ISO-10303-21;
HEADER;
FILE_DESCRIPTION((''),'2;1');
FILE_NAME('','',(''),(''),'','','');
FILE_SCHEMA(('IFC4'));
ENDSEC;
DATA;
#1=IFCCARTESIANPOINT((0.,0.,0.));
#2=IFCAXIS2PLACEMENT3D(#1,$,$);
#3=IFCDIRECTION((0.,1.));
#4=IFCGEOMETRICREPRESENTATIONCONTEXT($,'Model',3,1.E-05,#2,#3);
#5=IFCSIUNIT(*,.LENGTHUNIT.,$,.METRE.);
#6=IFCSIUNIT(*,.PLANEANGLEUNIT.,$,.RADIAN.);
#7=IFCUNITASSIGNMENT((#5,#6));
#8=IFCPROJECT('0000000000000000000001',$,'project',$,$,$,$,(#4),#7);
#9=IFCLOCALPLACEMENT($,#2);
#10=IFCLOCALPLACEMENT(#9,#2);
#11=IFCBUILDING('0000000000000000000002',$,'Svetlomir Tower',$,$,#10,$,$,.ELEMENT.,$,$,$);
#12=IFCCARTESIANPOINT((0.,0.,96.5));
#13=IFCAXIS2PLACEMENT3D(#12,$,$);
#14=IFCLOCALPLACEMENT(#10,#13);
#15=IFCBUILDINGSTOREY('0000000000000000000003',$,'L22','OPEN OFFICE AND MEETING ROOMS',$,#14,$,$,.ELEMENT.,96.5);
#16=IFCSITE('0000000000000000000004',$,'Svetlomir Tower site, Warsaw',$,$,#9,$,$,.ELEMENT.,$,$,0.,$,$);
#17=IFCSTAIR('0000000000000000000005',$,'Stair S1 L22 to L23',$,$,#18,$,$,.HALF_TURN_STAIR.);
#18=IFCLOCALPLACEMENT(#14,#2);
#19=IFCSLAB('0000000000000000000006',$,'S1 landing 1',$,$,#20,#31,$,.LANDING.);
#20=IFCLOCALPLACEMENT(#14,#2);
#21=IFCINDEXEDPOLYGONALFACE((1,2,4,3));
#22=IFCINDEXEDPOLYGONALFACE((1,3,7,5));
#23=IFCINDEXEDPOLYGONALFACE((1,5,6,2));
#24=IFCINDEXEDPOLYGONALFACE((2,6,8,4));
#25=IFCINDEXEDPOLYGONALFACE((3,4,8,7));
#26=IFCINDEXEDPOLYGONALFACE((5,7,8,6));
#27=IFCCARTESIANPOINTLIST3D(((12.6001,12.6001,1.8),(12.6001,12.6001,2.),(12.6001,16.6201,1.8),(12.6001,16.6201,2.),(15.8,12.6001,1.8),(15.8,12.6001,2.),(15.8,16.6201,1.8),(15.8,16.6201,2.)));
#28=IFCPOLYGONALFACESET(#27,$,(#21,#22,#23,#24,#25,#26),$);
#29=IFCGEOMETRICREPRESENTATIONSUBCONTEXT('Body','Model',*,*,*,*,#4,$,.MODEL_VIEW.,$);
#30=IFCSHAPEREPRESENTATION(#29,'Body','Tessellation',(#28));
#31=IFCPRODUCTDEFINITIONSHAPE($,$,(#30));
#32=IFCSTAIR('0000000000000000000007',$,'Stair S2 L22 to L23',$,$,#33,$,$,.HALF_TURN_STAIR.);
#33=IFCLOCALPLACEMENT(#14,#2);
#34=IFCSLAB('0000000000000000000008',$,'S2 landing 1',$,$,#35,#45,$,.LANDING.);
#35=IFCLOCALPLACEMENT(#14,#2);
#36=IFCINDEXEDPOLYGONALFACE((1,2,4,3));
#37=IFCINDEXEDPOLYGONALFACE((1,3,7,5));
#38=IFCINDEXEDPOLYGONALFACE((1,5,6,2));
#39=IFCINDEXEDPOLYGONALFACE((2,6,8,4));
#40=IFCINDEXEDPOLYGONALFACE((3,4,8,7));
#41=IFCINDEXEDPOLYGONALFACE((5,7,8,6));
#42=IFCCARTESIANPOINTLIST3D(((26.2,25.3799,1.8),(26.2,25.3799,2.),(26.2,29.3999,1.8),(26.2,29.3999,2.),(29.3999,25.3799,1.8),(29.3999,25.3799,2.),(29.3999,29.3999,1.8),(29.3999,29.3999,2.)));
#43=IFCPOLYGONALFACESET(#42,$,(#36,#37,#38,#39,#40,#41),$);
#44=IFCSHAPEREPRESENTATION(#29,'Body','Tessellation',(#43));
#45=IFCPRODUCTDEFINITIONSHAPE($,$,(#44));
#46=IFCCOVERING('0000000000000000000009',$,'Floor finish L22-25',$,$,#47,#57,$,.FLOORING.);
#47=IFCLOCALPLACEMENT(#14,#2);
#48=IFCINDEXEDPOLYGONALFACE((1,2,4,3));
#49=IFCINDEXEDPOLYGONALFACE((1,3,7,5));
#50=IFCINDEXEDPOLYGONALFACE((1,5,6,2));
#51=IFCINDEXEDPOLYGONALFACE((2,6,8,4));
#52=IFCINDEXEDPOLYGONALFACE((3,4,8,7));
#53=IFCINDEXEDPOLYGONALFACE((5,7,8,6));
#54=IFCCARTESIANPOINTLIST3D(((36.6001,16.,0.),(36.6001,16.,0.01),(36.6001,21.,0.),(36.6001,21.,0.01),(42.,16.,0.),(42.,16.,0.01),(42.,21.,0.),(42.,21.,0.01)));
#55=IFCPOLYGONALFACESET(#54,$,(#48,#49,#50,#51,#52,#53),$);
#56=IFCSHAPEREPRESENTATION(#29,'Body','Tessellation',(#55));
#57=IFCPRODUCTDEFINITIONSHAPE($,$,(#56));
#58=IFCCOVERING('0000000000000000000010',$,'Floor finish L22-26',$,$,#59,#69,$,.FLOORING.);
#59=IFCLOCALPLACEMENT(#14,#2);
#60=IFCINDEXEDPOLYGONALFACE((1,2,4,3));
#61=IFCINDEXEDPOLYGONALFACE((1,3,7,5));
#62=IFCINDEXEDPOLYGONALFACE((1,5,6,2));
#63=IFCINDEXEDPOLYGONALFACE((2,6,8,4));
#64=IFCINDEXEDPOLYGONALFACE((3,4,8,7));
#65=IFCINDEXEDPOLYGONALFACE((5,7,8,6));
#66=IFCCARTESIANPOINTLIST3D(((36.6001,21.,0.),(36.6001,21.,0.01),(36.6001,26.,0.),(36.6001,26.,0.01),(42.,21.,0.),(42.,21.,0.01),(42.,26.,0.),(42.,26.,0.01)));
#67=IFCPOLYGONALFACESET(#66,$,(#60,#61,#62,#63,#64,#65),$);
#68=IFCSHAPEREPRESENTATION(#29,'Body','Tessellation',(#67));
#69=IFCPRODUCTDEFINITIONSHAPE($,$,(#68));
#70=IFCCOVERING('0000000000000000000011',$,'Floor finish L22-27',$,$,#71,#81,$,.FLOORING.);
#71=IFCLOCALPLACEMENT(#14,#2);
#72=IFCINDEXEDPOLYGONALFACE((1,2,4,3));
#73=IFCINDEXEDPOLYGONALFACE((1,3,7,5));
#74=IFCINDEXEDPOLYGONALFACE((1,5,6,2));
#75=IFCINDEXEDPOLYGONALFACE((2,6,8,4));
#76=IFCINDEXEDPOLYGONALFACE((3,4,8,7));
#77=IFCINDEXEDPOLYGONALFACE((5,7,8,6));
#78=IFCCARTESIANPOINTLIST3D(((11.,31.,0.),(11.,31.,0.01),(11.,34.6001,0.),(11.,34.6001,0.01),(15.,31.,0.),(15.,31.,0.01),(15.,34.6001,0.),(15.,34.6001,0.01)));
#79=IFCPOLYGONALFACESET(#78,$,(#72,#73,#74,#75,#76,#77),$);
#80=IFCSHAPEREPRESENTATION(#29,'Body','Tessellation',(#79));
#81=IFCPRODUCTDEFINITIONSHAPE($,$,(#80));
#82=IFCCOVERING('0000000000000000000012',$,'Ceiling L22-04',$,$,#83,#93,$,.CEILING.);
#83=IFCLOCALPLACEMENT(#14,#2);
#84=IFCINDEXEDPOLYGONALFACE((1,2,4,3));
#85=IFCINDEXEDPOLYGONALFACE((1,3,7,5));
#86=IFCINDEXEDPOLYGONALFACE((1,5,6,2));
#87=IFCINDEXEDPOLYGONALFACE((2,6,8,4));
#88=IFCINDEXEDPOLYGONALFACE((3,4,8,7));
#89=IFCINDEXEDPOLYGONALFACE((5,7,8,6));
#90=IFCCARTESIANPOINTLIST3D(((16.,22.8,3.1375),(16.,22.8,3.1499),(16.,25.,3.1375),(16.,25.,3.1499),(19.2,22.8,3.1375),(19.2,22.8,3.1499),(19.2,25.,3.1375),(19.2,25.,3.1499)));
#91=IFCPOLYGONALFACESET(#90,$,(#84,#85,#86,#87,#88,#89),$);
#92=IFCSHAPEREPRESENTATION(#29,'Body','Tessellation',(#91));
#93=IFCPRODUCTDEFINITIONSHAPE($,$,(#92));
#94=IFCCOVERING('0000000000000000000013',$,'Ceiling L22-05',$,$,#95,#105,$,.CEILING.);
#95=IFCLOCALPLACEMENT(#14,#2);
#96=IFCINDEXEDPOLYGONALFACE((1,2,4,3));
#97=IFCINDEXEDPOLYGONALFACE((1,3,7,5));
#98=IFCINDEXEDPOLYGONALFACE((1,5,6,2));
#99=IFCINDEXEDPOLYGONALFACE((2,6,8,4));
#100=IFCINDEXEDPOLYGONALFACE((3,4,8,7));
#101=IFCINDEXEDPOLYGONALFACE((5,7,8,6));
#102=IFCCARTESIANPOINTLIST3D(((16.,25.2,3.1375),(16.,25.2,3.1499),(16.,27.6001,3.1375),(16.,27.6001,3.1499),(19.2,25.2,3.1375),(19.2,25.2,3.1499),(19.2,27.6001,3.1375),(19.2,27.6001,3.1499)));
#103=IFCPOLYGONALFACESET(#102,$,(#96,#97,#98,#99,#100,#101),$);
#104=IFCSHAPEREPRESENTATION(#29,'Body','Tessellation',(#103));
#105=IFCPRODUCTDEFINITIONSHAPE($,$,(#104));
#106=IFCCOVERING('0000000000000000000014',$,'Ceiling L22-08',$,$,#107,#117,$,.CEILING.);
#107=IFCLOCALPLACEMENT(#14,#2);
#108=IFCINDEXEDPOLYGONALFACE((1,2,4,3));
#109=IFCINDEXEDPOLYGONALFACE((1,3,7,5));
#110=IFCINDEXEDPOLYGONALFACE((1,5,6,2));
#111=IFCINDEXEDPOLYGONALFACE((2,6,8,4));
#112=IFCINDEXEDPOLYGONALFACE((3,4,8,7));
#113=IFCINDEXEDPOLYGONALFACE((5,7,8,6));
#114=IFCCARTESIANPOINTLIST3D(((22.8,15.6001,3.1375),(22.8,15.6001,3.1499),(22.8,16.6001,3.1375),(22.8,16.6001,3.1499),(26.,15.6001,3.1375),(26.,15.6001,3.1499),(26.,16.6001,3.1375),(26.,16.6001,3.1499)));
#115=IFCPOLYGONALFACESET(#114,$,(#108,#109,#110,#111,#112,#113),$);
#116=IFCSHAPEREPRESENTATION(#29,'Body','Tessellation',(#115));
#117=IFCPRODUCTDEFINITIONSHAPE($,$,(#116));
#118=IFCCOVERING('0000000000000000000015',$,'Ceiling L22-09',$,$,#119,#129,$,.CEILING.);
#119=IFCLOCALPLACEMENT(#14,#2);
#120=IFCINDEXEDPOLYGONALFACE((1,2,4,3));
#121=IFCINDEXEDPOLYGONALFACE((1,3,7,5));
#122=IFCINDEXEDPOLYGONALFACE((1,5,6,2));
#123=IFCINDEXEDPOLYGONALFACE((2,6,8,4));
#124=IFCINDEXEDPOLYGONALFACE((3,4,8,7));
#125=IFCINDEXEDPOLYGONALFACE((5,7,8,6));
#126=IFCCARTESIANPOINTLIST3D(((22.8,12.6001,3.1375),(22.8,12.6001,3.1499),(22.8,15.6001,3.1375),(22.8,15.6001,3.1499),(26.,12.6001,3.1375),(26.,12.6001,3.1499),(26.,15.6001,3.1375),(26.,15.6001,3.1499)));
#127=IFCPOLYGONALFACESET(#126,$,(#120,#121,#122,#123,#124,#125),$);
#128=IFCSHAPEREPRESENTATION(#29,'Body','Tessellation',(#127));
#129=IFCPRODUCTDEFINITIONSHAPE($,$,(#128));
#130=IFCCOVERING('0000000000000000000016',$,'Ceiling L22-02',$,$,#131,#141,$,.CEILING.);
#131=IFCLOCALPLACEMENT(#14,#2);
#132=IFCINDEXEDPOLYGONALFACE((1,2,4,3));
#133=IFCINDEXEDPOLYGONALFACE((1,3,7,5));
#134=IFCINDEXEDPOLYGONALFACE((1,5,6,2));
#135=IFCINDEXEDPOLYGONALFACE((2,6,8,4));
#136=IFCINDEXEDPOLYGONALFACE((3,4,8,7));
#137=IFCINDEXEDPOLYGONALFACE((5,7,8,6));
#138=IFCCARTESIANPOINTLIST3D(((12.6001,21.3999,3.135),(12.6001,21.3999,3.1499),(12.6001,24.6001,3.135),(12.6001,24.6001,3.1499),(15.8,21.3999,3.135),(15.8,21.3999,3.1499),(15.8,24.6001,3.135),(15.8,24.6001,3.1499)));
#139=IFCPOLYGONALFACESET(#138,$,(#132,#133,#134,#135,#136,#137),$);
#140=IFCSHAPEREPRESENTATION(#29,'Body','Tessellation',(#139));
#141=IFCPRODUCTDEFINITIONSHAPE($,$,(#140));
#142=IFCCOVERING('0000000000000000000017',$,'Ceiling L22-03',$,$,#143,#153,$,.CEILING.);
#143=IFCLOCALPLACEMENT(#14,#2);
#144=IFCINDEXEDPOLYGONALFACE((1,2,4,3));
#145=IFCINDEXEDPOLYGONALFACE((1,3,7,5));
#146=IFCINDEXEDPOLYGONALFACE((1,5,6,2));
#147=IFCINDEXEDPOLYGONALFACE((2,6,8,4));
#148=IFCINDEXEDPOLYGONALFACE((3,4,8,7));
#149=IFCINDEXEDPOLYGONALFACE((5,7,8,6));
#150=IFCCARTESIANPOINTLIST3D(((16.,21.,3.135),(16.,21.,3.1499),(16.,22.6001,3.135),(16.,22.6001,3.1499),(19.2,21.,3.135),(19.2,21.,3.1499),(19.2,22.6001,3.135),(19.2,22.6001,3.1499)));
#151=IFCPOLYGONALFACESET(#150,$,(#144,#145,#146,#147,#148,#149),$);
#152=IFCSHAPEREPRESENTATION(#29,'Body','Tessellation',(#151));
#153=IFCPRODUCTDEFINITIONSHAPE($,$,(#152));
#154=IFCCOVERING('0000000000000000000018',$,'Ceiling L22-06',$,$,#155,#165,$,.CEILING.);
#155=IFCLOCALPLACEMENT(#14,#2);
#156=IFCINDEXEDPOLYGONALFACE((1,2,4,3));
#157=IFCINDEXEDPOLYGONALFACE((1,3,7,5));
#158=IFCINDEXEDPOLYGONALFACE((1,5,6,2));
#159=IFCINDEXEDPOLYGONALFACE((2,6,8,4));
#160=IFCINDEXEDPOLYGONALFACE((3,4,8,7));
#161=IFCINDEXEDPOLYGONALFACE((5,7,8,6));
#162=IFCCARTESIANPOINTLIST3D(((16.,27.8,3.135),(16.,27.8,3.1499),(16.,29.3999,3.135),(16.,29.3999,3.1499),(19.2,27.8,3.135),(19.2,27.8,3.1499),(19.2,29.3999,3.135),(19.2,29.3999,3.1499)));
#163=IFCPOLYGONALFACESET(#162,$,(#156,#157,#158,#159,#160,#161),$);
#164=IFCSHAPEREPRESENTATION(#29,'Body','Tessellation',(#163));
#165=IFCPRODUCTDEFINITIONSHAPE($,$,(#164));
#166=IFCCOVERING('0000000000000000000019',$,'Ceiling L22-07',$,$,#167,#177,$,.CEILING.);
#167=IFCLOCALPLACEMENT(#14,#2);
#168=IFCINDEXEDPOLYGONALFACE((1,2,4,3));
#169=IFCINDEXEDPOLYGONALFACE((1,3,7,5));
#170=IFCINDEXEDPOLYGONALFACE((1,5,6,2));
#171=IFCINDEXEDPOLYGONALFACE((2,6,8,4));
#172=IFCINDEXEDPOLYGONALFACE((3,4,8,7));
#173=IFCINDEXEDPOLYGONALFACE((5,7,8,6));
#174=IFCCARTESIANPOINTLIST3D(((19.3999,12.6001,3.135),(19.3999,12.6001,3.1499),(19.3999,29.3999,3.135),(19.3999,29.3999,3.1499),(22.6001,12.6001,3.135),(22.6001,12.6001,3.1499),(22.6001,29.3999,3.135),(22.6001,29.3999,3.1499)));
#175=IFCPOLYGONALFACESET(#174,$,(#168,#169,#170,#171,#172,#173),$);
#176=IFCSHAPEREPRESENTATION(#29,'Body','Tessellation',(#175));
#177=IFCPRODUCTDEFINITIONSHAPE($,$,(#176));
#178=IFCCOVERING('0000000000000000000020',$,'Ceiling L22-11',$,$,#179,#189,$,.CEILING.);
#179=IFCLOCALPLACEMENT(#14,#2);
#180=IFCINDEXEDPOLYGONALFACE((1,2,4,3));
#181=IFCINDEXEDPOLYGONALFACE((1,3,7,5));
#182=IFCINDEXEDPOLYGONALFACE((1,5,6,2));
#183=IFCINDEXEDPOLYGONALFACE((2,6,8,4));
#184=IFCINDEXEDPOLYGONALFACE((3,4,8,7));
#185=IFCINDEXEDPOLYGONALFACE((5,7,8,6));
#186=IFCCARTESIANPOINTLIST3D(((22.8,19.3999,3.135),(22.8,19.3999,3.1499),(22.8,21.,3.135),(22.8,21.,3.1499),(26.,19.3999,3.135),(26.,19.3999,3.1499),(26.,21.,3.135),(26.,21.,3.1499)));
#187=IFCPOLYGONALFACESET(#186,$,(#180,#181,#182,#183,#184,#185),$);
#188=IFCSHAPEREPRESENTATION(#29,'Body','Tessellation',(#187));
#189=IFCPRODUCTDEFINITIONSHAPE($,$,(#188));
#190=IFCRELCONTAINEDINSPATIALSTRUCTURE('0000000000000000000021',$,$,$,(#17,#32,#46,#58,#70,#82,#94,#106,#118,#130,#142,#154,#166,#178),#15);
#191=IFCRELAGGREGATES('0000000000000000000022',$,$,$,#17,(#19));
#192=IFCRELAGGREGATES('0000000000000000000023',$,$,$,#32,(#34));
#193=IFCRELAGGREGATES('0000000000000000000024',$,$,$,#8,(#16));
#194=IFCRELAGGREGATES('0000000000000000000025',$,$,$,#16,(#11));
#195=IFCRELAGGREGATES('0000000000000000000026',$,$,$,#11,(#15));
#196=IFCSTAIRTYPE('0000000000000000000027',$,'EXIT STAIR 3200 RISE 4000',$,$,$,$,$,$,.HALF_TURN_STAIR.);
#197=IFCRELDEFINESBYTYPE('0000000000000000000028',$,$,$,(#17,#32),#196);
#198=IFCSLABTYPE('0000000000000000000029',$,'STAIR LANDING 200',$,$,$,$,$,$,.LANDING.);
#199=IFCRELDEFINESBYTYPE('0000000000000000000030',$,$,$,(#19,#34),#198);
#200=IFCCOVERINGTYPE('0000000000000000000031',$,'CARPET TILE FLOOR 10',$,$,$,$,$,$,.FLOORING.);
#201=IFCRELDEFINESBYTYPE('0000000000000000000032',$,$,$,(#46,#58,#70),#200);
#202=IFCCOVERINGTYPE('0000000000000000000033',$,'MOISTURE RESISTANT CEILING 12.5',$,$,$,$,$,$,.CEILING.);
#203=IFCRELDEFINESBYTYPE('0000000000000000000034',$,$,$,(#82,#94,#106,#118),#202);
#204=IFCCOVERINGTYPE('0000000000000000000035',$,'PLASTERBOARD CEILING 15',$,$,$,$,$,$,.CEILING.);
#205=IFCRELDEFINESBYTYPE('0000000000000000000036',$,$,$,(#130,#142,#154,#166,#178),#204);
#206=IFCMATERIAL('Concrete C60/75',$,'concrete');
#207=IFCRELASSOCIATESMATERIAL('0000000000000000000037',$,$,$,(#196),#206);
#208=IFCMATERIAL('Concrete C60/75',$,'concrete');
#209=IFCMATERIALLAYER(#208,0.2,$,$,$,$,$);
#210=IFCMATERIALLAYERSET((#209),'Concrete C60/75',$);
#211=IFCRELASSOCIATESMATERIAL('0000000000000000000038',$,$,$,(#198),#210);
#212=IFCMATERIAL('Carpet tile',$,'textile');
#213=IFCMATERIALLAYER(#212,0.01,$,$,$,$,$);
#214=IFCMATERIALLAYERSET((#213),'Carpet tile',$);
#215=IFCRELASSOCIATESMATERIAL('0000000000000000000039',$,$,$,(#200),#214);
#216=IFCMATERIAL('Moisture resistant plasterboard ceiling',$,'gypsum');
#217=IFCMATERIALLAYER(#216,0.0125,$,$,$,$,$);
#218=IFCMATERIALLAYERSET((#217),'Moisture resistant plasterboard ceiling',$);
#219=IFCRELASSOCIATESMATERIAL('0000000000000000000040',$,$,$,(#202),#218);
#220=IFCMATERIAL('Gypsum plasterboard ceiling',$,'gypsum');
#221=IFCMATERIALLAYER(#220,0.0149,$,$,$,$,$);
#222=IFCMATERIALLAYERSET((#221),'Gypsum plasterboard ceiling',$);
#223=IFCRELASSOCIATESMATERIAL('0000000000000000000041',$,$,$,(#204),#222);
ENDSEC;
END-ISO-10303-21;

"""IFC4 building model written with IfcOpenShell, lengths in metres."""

from ifc_helpers import new_model, si_unit, direction, frame, origin, place, context, subcontext, project, spatial, polyline, outline, extrude, material, layer, layer_set, type_object, element, aggregate, save


model = new_model("IFC4")

# Units and contexts
model_context = context("Model", 3, precision=1e-05, world=origin(), true_north=direction((0.0, 1.0)))
body_context = subcontext(model_context, "Body", "Model", "MODEL_VIEW")
ifc_project = project(units=[si_unit("LENGTHUNIT", "METRE"), si_unit("PLANEANGLEUNIT", "RADIAN")], contexts=[model_context])

# Site, building, storey
site_placement = place(None, origin())
site = spatial("IfcSite", under=ifc_project, at=site_placement, Name="Svetlomir Tower site, Warsaw", CompositionType="ELEMENT", RefElevation=0.0)
building_placement = place(site_placement, origin())
building = spatial("IfcBuilding", under=site, at=building_placement, Name="Svetlomir Tower", CompositionType="ELEMENT")
storey_placement = place(building_placement, frame((0.0, 0.0, 96.5)))
storey = spatial("IfcBuildingStorey", under=building, at=storey_placement, Name="L22", Description="OPEN OFFICE AND MEETING ROOMS", CompositionType="ELEMENT", Elevation=96.5)

# Stairs, slabs
ifc_material_1 = material(Name="Concrete C60/75", Category="concrete")
stair_type = type_object("IfcStairType", Name="EXIT STAIR 3200 RISE 4000", PredefinedType="HALF_TURN_STAIR", material=ifc_material_1)
stair_1_placement = place(storey_placement, origin())
stair_1 = element("IfcStair", 1, at=stair_1_placement, inside=storey, type_object=stair_type, Name="Stair S1 L22 to L23", PredefinedType="HALF_TURN_STAIR")
ifc_material_2 = material(Name="Concrete C60/75", Category="concrete")
ifc_layer_1 = layer(ifc_material_2, 0.2)
ifc_layer_set_1 = layer_set([ifc_layer_1], Name="Concrete C60/75")
slab_type = type_object("IfcSlabType", Name="STAIR LANDING 200", PredefinedType="LANDING", material=ifc_layer_set_1)
slab_1_placement = place(storey_placement, frame((0.0, 0.0, 1.8)))
slab_1 = element("IfcSlab", 2, at=slab_1_placement, type_object=slab_type, Name="S1 landing 1", PredefinedType="LANDING", context=body_context, shape_type="SweptSolid", body=[
    extrude(outline(polyline([(12.6001, 12.6001), (15.8, 12.6001), (15.8, 16.6201), (12.6001, 16.6201), (12.6001, 12.6001)])), origin(), (0.0, 0.0, 1.0), 0.2),
])
aggregate(stair_1, [slab_1])
stair_2_placement = place(storey_placement, origin())
stair_2 = element("IfcStair", 3, at=stair_2_placement, inside=storey, type_object=stair_type, Name="Stair S2 L22 to L23", PredefinedType="HALF_TURN_STAIR")
slab_2_placement = place(storey_placement, frame((0.0, 0.0, 1.8)))
slab_2 = element("IfcSlab", 4, at=slab_2_placement, type_object=slab_type, Name="S2 landing 1", PredefinedType="LANDING", context=body_context, shape_type="SweptSolid", body=[
    extrude(outline(polyline([(26.2, 25.3799), (29.3999, 25.3799), (29.3999, 29.3999), (26.2, 29.3999), (26.2, 25.3799)])), origin(), (0.0, 0.0, 1.0), 0.2),
])
aggregate(stair_2, [slab_2])

# Coverings
ifc_material_3 = material(Name="Carpet tile", Category="textile")
ifc_layer_2 = layer(ifc_material_3, 0.01)
ifc_layer_set_2 = layer_set([ifc_layer_2], Name="Carpet tile")
covering_type_1 = type_object("IfcCoveringType", Name="CARPET TILE FLOOR 10", PredefinedType="FLOORING", material=ifc_layer_set_2)
covering_1_placement = place(storey_placement, origin())
element("IfcCovering", 5, at=covering_1_placement, inside=storey, type_object=covering_type_1, Name="Floor finish L22-25", PredefinedType="FLOORING", context=body_context, shape_type="SweptSolid", body=[
    extrude(outline(polyline([(36.6001, 16.0), (42.0, 16.0), (42.0, 21.0), (36.6001, 21.0), (36.6001, 16.0)])), origin(), (0.0, 0.0, 1.0), 0.01),
])
covering_2_placement = place(storey_placement, origin())
element("IfcCovering", 6, at=covering_2_placement, inside=storey, type_object=covering_type_1, Name="Floor finish L22-26", PredefinedType="FLOORING", context=body_context, shape_type="SweptSolid", body=[
    extrude(outline(polyline([(36.6001, 21.0), (42.0, 21.0), (42.0, 26.0), (36.6001, 26.0), (36.6001, 21.0)])), origin(), (0.0, 0.0, 1.0), 0.01),
])
covering_3_placement = place(storey_placement, origin())
element("IfcCovering", 7, at=covering_3_placement, inside=storey, type_object=covering_type_1, Name="Floor finish L22-27", PredefinedType="FLOORING", context=body_context, shape_type="SweptSolid", body=[
    extrude(outline(polyline([(11.0, 31.0), (15.0, 31.0), (15.0, 34.6001), (11.0, 34.6001), (11.0, 31.0)])), origin(), (0.0, 0.0, 1.0), 0.01),
])
ifc_material_4 = material(Name="Moisture resistant plasterboard ceiling", Category="gypsum")
ifc_layer_3 = layer(ifc_material_4, 0.0125)
ifc_layer_set_3 = layer_set([ifc_layer_3], Name="Moisture resistant plasterboard ceiling")
covering_type_2 = type_object("IfcCoveringType", Name="MOISTURE RESISTANT CEILING 12.5", PredefinedType="CEILING", material=ifc_layer_set_3)
covering_4_placement = place(storey_placement, frame((0.0, 0.0, 3.1375)))
element("IfcCovering", 8, at=covering_4_placement, inside=storey, type_object=covering_type_2, Name="Ceiling L22-04", PredefinedType="CEILING", context=body_context, shape_type="SweptSolid", body=[
    extrude(outline(polyline([(16.0, 22.8), (19.2, 22.8), (19.2, 25.0), (16.0, 25.0), (16.0, 22.8)])), origin(), (0.0, 0.0, 1.0), 0.0125),
])
covering_5_placement = place(storey_placement, frame((0.0, 0.0, 3.1375)))
element("IfcCovering", 9, at=covering_5_placement, inside=storey, type_object=covering_type_2, Name="Ceiling L22-05", PredefinedType="CEILING", context=body_context, shape_type="SweptSolid", body=[
    extrude(outline(polyline([(16.0, 25.2), (19.2, 25.2), (19.2, 27.6001), (16.0, 27.6001), (16.0, 25.2)])), origin(), (0.0, 0.0, 1.0), 0.0125),
])
covering_6_placement = place(storey_placement, frame((0.0, 0.0, 3.1375)))
element("IfcCovering", 10, at=covering_6_placement, inside=storey, type_object=covering_type_2, Name="Ceiling L22-08", PredefinedType="CEILING", context=body_context, shape_type="SweptSolid", body=[
    extrude(outline(polyline([(22.8, 15.6001), (26.0, 15.6001), (26.0, 16.6001), (22.8, 16.6001), (22.8, 15.6001)])), origin(), (0.0, 0.0, 1.0), 0.0125),
])
covering_7_placement = place(storey_placement, frame((0.0, 0.0, 3.1375)))
element("IfcCovering", 11, at=covering_7_placement, inside=storey, type_object=covering_type_2, Name="Ceiling L22-09", PredefinedType="CEILING", context=body_context, shape_type="SweptSolid", body=[
    extrude(outline(polyline([(22.8, 12.6001), (26.0, 12.6001), (26.0, 15.6001), (22.8, 15.6001), (22.8, 12.6001)])), origin(), (0.0, 0.0, 1.0), 0.0125),
])
ifc_material_5 = material(Name="Gypsum plasterboard ceiling", Category="gypsum")
ifc_layer_4 = layer(ifc_material_5, 0.0149)
ifc_layer_set_4 = layer_set([ifc_layer_4], Name="Gypsum plasterboard ceiling")
covering_type_3 = type_object("IfcCoveringType", Name="PLASTERBOARD CEILING 15", PredefinedType="CEILING", material=ifc_layer_set_4)
covering_8_placement = place(storey_placement, frame((0.0, 0.0, 3.135)))
element("IfcCovering", 12, at=covering_8_placement, inside=storey, type_object=covering_type_3, Name="Ceiling L22-02", PredefinedType="CEILING", context=body_context, shape_type="SweptSolid", body=[
    extrude(outline(polyline([(12.6001, 21.3999), (15.8, 21.3999), (15.8, 24.6001), (12.6001, 24.6001), (12.6001, 21.3999)])), origin(), (0.0, 0.0, 1.0), 0.0149),
])
covering_9_placement = place(storey_placement, frame((0.0, 0.0, 3.135)))
element("IfcCovering", 13, at=covering_9_placement, inside=storey, type_object=covering_type_3, Name="Ceiling L22-03", PredefinedType="CEILING", context=body_context, shape_type="SweptSolid", body=[
    extrude(outline(polyline([(16.0, 21.0), (19.2, 21.0), (19.2, 22.6001), (16.0, 22.6001), (16.0, 21.0)])), origin(), (0.0, 0.0, 1.0), 0.0149),
])
covering_10_placement = place(storey_placement, frame((0.0, 0.0, 3.135)))
element("IfcCovering", 14, at=covering_10_placement, inside=storey, type_object=covering_type_3, Name="Ceiling L22-06", PredefinedType="CEILING", context=body_context, shape_type="SweptSolid", body=[
    extrude(outline(polyline([(16.0, 27.8), (19.2, 27.8), (19.2, 29.3999), (16.0, 29.3999), (16.0, 27.8)])), origin(), (0.0, 0.0, 1.0), 0.0149),
])
covering_11_placement = place(storey_placement, frame((0.0, 0.0, 3.135)))
element("IfcCovering", 15, at=covering_11_placement, inside=storey, type_object=covering_type_3, Name="Ceiling L22-07", PredefinedType="CEILING", context=body_context, shape_type="SweptSolid", body=[
    extrude(outline(polyline([(19.3999, 12.6001), (22.6001, 12.6001), (22.6001, 29.3999), (19.3999, 29.3999), (19.3999, 12.6001)])), origin(), (0.0, 0.0, 1.0), 0.0149),
])
covering_12_placement = place(storey_placement, frame((0.0, 0.0, 3.135)))
element("IfcCovering", 16, at=covering_12_placement, inside=storey, type_object=covering_type_3, Name="Ceiling L22-11", PredefinedType="CEILING", context=body_context, shape_type="SweptSolid", body=[
    extrude(outline(polyline([(22.8, 19.3999), (26.0, 19.3999), (26.0, 21.0), (22.8, 21.0), (22.8, 19.3999)])), origin(), (0.0, 0.0, 1.0), 0.0149),
])

save(model, "model.ifc")
